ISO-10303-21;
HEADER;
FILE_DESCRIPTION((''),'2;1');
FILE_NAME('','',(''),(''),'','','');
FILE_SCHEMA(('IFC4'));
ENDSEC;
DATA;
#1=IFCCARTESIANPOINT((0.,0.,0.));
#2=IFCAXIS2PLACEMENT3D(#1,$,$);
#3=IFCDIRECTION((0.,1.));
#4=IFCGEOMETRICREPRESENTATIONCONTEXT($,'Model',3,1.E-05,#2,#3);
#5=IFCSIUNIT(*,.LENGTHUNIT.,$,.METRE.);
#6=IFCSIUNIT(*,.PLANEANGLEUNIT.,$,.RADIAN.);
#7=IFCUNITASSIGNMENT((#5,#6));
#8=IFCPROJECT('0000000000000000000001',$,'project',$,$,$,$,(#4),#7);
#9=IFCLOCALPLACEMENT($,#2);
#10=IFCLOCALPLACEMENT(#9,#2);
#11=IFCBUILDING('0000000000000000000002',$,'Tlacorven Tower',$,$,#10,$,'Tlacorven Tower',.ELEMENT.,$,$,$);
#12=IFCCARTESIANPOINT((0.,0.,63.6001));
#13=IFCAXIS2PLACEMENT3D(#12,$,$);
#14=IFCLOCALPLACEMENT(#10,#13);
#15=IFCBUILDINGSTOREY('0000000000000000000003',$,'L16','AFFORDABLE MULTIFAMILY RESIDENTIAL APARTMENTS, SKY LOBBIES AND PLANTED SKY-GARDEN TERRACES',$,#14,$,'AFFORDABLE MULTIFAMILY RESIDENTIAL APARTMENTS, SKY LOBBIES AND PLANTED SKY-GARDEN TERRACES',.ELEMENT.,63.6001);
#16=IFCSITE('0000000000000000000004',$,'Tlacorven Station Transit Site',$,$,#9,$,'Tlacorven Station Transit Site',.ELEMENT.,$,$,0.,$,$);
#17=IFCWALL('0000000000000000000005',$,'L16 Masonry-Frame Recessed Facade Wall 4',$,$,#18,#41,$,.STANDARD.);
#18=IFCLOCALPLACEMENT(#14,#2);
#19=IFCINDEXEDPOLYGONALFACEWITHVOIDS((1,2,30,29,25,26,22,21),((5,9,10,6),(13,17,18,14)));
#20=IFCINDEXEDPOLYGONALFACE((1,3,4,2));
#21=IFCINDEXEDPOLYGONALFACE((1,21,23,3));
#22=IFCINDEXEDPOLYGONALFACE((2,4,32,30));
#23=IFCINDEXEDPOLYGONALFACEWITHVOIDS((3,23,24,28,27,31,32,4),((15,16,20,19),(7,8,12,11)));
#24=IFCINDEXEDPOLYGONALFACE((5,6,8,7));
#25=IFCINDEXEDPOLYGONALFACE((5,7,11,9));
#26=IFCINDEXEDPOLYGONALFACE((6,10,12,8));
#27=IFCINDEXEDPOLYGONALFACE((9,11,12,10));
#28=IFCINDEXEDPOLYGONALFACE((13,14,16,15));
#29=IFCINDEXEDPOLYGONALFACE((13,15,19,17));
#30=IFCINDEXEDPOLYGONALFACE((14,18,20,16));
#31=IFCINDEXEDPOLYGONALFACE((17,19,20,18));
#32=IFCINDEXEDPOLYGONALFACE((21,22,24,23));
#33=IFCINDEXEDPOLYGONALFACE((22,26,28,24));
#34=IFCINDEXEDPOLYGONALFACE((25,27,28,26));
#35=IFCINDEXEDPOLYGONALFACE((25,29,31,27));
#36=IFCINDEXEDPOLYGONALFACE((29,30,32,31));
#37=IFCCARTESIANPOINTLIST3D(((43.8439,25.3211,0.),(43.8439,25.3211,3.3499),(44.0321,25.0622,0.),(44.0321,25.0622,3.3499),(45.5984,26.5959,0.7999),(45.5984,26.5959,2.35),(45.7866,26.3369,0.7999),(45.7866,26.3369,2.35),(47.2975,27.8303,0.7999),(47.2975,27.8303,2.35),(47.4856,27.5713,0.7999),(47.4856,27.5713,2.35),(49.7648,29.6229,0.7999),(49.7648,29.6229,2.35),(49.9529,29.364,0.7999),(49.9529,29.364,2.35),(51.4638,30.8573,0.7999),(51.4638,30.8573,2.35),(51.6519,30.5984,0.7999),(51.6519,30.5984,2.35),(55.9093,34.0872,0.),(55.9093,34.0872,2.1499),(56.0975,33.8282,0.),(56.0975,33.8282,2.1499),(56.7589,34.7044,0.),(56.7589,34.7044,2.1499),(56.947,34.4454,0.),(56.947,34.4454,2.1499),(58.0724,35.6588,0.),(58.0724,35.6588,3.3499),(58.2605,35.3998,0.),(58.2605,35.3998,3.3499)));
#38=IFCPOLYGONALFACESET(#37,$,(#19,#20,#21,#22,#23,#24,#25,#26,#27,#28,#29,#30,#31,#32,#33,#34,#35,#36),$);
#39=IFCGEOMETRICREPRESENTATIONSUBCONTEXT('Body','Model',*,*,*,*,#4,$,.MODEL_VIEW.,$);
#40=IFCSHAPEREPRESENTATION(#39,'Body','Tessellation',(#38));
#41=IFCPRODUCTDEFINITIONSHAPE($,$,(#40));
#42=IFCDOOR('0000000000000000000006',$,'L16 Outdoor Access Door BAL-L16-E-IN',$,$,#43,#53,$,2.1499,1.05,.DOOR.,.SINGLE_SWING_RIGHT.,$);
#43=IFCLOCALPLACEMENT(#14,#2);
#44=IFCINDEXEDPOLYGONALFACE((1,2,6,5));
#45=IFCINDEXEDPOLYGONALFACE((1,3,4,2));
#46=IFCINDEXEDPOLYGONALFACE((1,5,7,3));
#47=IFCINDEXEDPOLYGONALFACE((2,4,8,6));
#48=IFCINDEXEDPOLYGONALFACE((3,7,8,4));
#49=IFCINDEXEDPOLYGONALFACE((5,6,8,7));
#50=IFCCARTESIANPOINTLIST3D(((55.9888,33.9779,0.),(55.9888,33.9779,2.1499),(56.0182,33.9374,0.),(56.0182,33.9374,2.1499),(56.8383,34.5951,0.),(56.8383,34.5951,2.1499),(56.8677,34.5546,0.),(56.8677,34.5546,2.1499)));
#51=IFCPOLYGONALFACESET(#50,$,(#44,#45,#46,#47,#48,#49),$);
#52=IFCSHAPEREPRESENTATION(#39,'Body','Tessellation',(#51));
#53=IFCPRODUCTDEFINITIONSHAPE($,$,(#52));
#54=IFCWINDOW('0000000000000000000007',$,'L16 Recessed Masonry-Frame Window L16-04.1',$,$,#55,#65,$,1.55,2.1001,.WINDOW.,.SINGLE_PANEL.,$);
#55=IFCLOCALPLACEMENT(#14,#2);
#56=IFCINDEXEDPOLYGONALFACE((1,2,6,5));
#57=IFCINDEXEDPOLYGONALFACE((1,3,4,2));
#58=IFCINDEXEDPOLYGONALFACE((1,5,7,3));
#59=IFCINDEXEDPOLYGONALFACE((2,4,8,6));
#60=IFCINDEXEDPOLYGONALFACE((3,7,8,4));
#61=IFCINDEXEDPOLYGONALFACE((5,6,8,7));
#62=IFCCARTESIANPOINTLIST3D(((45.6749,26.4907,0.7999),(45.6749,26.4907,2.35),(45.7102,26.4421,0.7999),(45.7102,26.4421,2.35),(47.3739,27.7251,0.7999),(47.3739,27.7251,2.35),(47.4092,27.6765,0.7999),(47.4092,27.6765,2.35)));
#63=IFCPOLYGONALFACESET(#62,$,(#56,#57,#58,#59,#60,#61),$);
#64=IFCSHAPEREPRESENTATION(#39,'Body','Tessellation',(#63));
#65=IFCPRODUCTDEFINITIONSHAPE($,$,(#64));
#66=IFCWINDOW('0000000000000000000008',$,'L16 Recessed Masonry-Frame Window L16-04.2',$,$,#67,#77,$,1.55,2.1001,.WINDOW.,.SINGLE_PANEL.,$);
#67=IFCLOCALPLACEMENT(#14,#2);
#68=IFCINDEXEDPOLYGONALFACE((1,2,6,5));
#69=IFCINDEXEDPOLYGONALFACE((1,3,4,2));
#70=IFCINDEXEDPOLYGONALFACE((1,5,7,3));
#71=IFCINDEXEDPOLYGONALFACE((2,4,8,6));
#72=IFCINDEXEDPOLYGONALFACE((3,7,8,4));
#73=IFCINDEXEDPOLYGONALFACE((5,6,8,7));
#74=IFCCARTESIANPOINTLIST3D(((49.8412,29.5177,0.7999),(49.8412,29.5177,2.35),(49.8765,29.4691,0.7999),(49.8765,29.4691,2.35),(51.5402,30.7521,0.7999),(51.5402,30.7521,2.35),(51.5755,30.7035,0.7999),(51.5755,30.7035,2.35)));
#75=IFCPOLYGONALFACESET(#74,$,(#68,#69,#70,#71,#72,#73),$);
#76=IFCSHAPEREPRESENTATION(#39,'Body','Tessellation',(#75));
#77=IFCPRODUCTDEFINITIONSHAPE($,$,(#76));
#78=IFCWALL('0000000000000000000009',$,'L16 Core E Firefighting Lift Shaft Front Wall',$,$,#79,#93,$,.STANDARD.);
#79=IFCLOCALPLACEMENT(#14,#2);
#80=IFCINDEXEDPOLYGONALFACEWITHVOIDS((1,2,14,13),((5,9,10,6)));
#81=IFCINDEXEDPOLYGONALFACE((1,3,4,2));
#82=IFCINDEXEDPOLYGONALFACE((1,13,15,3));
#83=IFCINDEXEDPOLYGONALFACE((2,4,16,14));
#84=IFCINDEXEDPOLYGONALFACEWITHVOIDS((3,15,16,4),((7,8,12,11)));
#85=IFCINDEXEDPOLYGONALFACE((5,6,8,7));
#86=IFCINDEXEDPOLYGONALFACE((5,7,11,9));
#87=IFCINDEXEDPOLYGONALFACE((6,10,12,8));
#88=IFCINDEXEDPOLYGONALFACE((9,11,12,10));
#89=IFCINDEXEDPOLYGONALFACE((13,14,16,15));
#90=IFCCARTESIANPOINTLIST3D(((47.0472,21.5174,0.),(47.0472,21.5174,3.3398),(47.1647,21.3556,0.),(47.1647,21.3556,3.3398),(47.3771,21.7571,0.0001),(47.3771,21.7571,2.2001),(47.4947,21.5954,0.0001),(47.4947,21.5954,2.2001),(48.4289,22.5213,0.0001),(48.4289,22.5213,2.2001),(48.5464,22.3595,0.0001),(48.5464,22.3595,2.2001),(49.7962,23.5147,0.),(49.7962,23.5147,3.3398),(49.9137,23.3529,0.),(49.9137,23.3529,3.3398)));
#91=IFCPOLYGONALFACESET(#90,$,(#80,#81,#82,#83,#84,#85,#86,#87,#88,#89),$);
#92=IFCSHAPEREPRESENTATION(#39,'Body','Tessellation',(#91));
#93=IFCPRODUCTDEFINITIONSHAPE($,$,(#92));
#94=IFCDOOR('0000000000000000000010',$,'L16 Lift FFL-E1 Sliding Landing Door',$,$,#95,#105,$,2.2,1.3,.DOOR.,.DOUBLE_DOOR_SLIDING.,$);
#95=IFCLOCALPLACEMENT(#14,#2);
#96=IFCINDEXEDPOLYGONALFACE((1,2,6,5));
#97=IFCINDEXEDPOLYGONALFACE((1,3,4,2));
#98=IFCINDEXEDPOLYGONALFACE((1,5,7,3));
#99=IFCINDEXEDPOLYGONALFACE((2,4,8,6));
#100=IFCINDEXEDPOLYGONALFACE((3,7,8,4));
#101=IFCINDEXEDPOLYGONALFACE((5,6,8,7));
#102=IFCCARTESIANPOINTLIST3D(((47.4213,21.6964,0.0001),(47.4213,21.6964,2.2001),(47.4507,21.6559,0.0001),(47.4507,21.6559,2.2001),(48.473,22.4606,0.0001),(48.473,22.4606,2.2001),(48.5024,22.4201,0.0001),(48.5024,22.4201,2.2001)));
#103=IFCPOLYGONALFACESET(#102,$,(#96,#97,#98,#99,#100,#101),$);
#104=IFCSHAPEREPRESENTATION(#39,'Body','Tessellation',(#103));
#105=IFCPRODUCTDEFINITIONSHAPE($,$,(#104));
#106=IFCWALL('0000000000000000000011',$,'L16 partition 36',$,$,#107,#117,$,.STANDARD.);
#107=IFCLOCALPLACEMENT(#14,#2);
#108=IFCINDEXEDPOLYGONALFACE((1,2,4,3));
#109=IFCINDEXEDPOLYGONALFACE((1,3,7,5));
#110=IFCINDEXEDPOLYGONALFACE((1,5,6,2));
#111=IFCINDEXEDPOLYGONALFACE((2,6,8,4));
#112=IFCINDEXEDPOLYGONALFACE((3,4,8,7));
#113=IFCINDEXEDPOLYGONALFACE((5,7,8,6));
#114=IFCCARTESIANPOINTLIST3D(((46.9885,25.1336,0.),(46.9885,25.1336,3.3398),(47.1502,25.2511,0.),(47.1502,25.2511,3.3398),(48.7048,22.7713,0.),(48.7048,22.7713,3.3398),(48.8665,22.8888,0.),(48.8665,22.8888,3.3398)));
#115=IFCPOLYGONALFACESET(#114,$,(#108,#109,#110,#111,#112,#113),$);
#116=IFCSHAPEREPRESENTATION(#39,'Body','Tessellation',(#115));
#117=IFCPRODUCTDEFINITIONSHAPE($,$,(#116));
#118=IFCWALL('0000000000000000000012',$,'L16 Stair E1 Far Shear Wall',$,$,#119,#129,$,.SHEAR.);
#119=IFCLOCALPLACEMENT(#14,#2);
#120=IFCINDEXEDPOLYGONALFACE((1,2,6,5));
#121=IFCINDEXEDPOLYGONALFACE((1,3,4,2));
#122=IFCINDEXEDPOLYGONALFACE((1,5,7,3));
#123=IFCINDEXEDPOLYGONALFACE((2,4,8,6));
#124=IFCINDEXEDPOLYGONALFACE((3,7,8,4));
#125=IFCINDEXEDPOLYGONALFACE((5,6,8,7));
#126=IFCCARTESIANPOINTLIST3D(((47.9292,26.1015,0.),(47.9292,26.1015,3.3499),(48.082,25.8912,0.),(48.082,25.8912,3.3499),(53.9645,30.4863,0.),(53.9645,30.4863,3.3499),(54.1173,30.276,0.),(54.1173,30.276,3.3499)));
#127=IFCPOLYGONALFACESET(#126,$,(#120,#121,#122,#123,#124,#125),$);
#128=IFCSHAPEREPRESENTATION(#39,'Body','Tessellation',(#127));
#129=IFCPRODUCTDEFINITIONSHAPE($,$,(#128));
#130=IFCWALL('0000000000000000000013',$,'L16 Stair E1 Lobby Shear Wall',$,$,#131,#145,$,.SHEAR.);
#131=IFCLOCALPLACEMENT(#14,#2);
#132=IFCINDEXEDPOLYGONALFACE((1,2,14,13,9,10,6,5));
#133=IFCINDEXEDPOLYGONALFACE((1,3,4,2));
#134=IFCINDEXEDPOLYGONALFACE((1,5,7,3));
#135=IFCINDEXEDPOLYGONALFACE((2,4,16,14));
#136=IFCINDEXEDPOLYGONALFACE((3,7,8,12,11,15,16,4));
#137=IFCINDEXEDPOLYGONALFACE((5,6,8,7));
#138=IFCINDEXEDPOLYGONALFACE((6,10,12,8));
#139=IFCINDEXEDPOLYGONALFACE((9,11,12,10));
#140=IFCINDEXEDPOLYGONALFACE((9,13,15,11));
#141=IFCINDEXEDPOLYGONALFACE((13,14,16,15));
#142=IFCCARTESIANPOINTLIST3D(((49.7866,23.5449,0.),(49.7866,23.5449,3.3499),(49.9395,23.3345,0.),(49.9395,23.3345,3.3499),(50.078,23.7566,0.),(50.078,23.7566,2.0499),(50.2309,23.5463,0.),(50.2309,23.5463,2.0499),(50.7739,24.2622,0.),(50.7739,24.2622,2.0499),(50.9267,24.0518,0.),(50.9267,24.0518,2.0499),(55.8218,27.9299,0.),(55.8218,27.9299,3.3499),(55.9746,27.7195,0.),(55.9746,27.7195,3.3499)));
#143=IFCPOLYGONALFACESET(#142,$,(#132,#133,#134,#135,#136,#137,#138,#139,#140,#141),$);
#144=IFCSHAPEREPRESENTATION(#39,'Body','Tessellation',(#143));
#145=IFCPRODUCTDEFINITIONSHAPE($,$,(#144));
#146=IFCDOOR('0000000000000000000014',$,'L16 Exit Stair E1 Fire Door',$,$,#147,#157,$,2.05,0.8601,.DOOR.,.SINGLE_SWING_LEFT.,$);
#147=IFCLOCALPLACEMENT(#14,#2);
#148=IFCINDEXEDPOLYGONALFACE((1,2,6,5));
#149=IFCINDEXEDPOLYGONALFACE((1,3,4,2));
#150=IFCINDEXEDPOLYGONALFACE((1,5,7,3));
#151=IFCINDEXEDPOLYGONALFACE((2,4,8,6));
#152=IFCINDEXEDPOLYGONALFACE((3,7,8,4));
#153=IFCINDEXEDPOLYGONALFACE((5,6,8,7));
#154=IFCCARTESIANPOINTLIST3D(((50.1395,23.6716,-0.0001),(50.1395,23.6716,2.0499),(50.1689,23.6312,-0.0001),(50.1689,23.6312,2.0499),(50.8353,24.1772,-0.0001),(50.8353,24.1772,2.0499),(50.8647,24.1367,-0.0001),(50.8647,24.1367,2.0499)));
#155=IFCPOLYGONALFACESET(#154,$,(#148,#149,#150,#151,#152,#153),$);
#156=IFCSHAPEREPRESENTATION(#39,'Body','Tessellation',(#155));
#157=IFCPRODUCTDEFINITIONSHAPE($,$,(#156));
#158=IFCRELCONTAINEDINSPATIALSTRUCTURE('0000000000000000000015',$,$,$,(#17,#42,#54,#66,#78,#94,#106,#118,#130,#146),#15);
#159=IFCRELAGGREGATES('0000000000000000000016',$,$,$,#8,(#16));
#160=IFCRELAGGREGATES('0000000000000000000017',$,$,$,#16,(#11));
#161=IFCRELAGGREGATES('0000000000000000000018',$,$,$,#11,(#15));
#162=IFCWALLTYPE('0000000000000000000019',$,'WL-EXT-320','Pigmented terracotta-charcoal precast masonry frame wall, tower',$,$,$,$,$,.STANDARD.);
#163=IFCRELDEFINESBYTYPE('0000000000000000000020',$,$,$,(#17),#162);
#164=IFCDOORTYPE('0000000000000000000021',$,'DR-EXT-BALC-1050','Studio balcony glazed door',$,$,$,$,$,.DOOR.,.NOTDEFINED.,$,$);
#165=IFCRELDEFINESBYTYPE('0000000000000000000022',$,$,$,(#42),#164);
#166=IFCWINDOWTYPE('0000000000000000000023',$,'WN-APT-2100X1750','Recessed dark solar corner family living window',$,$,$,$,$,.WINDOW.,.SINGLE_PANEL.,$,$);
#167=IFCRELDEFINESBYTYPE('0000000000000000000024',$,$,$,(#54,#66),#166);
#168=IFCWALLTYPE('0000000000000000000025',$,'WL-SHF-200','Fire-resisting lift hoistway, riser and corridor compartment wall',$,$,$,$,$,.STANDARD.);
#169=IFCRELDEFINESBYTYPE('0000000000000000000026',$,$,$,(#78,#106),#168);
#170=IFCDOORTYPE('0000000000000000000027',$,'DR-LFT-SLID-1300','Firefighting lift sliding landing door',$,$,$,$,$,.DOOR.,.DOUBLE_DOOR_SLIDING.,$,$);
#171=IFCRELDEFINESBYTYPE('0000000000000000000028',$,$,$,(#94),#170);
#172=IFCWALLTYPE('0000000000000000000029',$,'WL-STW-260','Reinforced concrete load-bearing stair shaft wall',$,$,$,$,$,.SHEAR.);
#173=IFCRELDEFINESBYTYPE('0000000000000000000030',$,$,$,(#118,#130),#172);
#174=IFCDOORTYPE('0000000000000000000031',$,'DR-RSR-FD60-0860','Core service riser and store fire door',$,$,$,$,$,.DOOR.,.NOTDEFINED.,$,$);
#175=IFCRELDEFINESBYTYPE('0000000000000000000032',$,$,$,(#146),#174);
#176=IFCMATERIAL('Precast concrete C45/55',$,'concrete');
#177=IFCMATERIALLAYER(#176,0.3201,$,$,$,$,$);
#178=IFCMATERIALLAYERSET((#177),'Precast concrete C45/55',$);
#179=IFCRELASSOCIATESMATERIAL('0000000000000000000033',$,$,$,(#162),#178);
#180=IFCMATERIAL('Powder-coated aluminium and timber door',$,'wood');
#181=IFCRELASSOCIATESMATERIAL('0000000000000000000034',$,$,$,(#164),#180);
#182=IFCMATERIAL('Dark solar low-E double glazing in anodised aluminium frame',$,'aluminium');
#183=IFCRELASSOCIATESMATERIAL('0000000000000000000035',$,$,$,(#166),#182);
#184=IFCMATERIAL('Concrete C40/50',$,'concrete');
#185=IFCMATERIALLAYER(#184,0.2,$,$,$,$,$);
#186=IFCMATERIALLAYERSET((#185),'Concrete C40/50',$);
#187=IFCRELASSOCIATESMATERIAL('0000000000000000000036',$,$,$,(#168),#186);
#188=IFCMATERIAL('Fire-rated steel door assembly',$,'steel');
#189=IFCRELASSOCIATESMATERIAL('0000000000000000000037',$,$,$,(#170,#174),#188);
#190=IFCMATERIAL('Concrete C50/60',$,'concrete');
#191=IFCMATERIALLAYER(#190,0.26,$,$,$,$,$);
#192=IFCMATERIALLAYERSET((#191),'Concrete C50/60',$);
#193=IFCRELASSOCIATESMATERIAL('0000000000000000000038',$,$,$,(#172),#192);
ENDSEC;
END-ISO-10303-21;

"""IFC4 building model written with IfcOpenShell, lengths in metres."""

from ifc_helpers import new_model, si_unit, direction, frame, frame_2d, origin, place, context, subcontext, project, spatial, rectangle, extrude, source, transform, mapped, material, layer, layer_set, type_object, element, fill, save


model = new_model("IFC4")

# Units and contexts
model_context = context("Model", 3, precision=1e-05, world=origin(), true_north=direction((0.0, 1.0)))
body_context = subcontext(model_context, "Body", "Model", "MODEL_VIEW")
ifc_project = project(units=[si_unit("LENGTHUNIT", "METRE"), si_unit("PLANEANGLEUNIT", "RADIAN")], contexts=[model_context])

# Site, building, storey
site_placement = place(None, origin())
site = spatial("IfcSite", under=ifc_project, at=site_placement, Name="Tlacorven Station Transit Site", LongName="Tlacorven Station Transit Site", CompositionType="ELEMENT", RefElevation=0.0)
building_placement = place(site_placement, origin())
building = spatial("IfcBuilding", under=site, at=building_placement, Name="Tlacorven Tower", LongName="Tlacorven Tower", CompositionType="ELEMENT")
storey_placement = place(building_placement, frame((0.0, 0.0, 63.6001)))
storey = spatial("IfcBuildingStorey", under=building, at=storey_placement, Name="L16", Description="AFFORDABLE MULTIFAMILY RESIDENTIAL APARTMENTS, SKY LOBBIES AND PLANTED SKY-GARDEN TERRACES", LongName="AFFORDABLE MULTIFAMILY RESIDENTIAL APARTMENTS, SKY LOBBIES AND PLANTED SKY-GARDEN TERRACES", CompositionType="ELEMENT", Elevation=63.6001)

# Wall, openings, door, windows
ifc_material_1 = material(Name="Precast concrete C45/55", Category="concrete")
ifc_layer_1 = layer(ifc_material_1, 0.3201)
ifc_layer_set_1 = layer_set([ifc_layer_1], Name="Precast concrete C45/55")
wall_type_1 = type_object("IfcWallType", Name="WL-EXT-320", Description="Pigmented terracotta-charcoal precast masonry frame wall, tower", PredefinedType="STANDARD", material=ifc_layer_set_1)
wall_1_placement = place(storey_placement, frame((43.938, 25.1917, 0.0), z_axis=(0.0, 0.0, 1.0), x_axis=(0.809016, 0.587786, 0.0)))
wall_1 = element("IfcWall", 1, at=wall_1_placement, inside=storey, type_object=wall_type_1, Name="L16 Masonry-Frame Recessed Facade Wall 4", PredefinedType="STANDARD", context=body_context, shape_type="SweptSolid", body=[
    extrude(rectangle(XDim=17.5874, YDim=0.3201, at=frame_2d((8.7937, 0.0))), origin(), (0.0, 0.0, 1.0), 3.3499),
])
opening_1_placement = place(wall_1_placement, frame((14.9138, 0.0, 0.0)))
opening_1 = element("IfcOpeningElement", 2, at=opening_1_placement, cuts=wall_1, PredefinedType="OPENING", context=body_context, shape_type="SweptSolid", body=[
    extrude(rectangle(XDim=1.05, YDim=2.1499, at=frame_2d((0.5249, 1.075))), frame((0.0, 0.1699, 0.0), z_axis=(0.0, -1.0, 0.0), x_axis=(1.0, 0.0, 0.0)), (0.0, 0.0, 1.0), 0.3401),
])
opening_2_placement = place(wall_1_placement, frame((2.1687, 0.0, 0.8)))
opening_2 = element("IfcOpeningElement", 3, at=opening_2_placement, cuts=wall_1, PredefinedType="OPENING", context=body_context, shape_type="SweptSolid", body=[
    extrude(rectangle(XDim=2.1001, YDim=1.55, at=frame_2d((1.05, 0.7749))), frame((0.0, 0.1699, 0.0), z_axis=(0.0, -1.0, 0.0), x_axis=(1.0, 0.0, 0.0)), (0.0, 0.0, 1.0), 0.3401),
])
opening_3_placement = place(wall_1_placement, frame((7.3186, 0.0, 0.8)))
opening_3 = element("IfcOpeningElement", 4, at=opening_3_placement, cuts=wall_1, PredefinedType="OPENING", context=body_context, shape_type="SweptSolid", body=[
    extrude(rectangle(XDim=2.1001, YDim=1.55, at=frame_2d((1.05, 0.7749))), frame((0.0, 0.1699, 0.0), z_axis=(0.0, -1.0, 0.0), x_axis=(1.0, 0.0, 0.0)), (0.0, 0.0, 1.0), 0.3401),
])
ifc_material_2 = material(Name="Powder-coated aluminium and timber door", Category="wood")
door_type_1 = type_object("IfcDoorType", Name="DR-EXT-BALC-1050", Description="Studio balcony glazed door", OperationType="NOTDEFINED", PredefinedType="DOOR", material=ifc_material_2)
shared_shape_1 = source(origin(), body_context, "Body", "SweptSolid", [
    extrude(rectangle(XDim=1.05, YDim=2.1499, at=frame_2d((0.5249, 1.075))), frame((0.0, 0.0249, 0.0), z_axis=(0.0, -1.0, 0.0), x_axis=(1.0, 0.0, 0.0)), (0.0, 0.0, 1.0), 0.05),
])
door_1_placement = place(opening_1_placement, origin())
door_1 = element("IfcDoor", 5, at=door_1_placement, inside=storey, type_object=door_type_1, Name="L16 Outdoor Access Door BAL-L16-E-IN", OperationType="SINGLE_SWING_RIGHT", OverallHeight=2.1499, OverallWidth=1.05, PredefinedType="DOOR", context=body_context, shape_type="MappedRepresentation", body=[
    mapped(shared_shape_1, transform((0.0, 0.0, 0.0), scale=1.0)),
])
fill(opening_1, door_1)
ifc_material_3 = material(Name="Dark solar low-E double glazing in anodised aluminium frame", Category="aluminium")
window_type = type_object("IfcWindowType", Name="WN-APT-2100X1750", Description="Recessed dark solar corner family living window", PartitioningType="SINGLE_PANEL", PredefinedType="WINDOW", material=ifc_material_3)
shared_shape_2 = source(origin(), body_context, "Body", "SweptSolid", [
    extrude(rectangle(XDim=2.1001, YDim=1.55, at=frame_2d((1.05, 0.7749))), frame((0.0, 0.03, 0.0), z_axis=(0.0, -1.0, 0.0), x_axis=(1.0, 0.0, 0.0)), (0.0, 0.0, 1.0), 0.0601),
])
window_1_placement = place(opening_2_placement, origin())
window_1 = element("IfcWindow", 6, at=window_1_placement, inside=storey, type_object=window_type, Name="L16 Recessed Masonry-Frame Window L16-04.1", OverallHeight=1.55, OverallWidth=2.1001, PartitioningType="SINGLE_PANEL", PredefinedType="WINDOW", context=body_context, shape_type="MappedRepresentation", body=[
    mapped(shared_shape_2, transform((0.0, 0.0, 0.0), scale=1.0)),
])
fill(opening_2, window_1)
window_2_placement = place(opening_3_placement, origin())
window_2 = element("IfcWindow", 7, at=window_2_placement, inside=storey, type_object=window_type, Name="L16 Recessed Masonry-Frame Window L16-04.2", OverallHeight=1.55, OverallWidth=2.1001, PartitioningType="SINGLE_PANEL", PredefinedType="WINDOW", context=body_context, shape_type="MappedRepresentation", body=[
    mapped(shared_shape_2, transform((0.0, 0.0, 0.0), scale=1.0)),
])
fill(opening_3, window_2)

# Wall, opening, door
ifc_material_4 = material(Name="Concrete C40/50", Category="concrete")
ifc_layer_2 = layer(ifc_material_4, 0.2)
ifc_layer_set_2 = layer_set([ifc_layer_2], Name="Concrete C40/50")
wall_type_2 = type_object("IfcWallType", Name="WL-SHF-200", Description="Fire-resisting lift hoistway, riser and corridor compartment wall", PredefinedType="STANDARD", material=ifc_layer_set_2)
wall_2_placement = place(storey_placement, frame((47.106, 21.4365, 0.0), z_axis=(0.0, 0.0, 1.0), x_axis=(0.809013, 0.587791, 0.0)))
wall_2 = element("IfcWall", 8, at=wall_2_placement, inside=storey, type_object=wall_type_2, Name="L16 Core E Firefighting Lift Shaft Front Wall", PredefinedType="STANDARD", context=body_context, shape_type="SweptSolid", body=[
    extrude(rectangle(XDim=3.3979, YDim=0.2, at=frame_2d((1.699, 0.0))), origin(), (0.0, 0.0, 1.0), 3.3398),
])
opening_4_placement = place(wall_2_placement, frame((0.408, 0.0, 0.0)))
opening_4 = element("IfcOpeningElement", 9, at=opening_4_placement, cuts=wall_2, PredefinedType="OPENING", context=body_context, shape_type="SweptSolid", body=[
    extrude(rectangle(XDim=1.3, YDim=2.2, at=frame_2d((0.6499, 1.1001))), frame((0.0, 0.1099, 0.0), z_axis=(0.0, -1.0, 0.0), x_axis=(1.0, 0.0, 0.0)), (0.0, 0.0, 1.0), 0.22),
])
ifc_material_5 = material(Name="Fire-rated steel door assembly", Category="steel")
door_type_2 = type_object("IfcDoorType", Name="DR-LFT-SLID-1300", Description="Firefighting lift sliding landing door", OperationType="DOUBLE_DOOR_SLIDING", PredefinedType="DOOR", material=ifc_material_5)
shared_shape_3 = source(origin(), body_context, "Body", "SweptSolid", [
    extrude(rectangle(XDim=1.3, YDim=2.2, at=frame_2d((0.6499, 1.1001))), frame((0.0, 0.0249, 0.0), z_axis=(0.0, -1.0, 0.0), x_axis=(1.0, 0.0, 0.0)), (0.0, 0.0, 1.0), 0.05),
])
door_2_placement = place(opening_4_placement, origin())
door_2 = element("IfcDoor", 10, at=door_2_placement, inside=storey, type_object=door_type_2, Name="L16 Lift FFL-E1 Sliding Landing Door", OperationType="DOUBLE_DOOR_SLIDING", OverallHeight=2.2, OverallWidth=1.3, PredefinedType="DOOR", context=body_context, shape_type="MappedRepresentation", body=[
    mapped(shared_shape_3, transform((0.0, 0.0, 0.0), scale=1.0)),
])
fill(opening_4, door_2)

# Walls
wall_3_placement = place(storey_placement, frame((48.7856, 22.8301, 0.0), z_axis=(0.0, 0.0, 1.0), x_axis=(-0.587784, 0.809018, 0.0)))
element("IfcWall", 11, at=wall_3_placement, inside=storey, type_object=wall_type_2, Name="L16 partition 36", PredefinedType="STANDARD", context=body_context, shape_type="SweptSolid", body=[
    extrude(rectangle(XDim=2.9199, YDim=0.2, at=frame_2d((1.46, 0.0))), origin(), (0.0, 0.0, 1.0), 3.3398),
])
ifc_material_6 = material(Name="Concrete C50/60", Category="concrete")
ifc_layer_3 = layer(ifc_material_6, 0.26)
ifc_layer_set_3 = layer_set([ifc_layer_3], Name="Concrete C50/60")
wall_type_3 = type_object("IfcWallType", Name="WL-STW-260", Description="Reinforced concrete load-bearing stair shaft wall", PredefinedType="SHEAR", material=ifc_layer_set_3)
wall_4_placement = place(storey_placement, frame((48.0056, 25.9963, 0.0), z_axis=(0.0, 0.0, 1.0), x_axis=(0.809019, 0.587782, 0.0)))
element("IfcWall", 12, at=wall_4_placement, inside=storey, type_object=wall_type_3, Name="L16 Stair E1 Far Shear Wall", PredefinedType="SHEAR", context=body_context, shape_type="SweptSolid", body=[
    extrude(rectangle(XDim=7.46, YDim=0.26, at=frame_2d((3.73, 0.0))), origin(), (0.0, 0.0, 1.0), 3.3499),
])

# Wall, opening, door
wall_5_placement = place(storey_placement, frame((49.863, 23.4397, 0.0), z_axis=(0.0, 0.0, 1.0), x_axis=(0.809003, 0.587804, 0.0)))
wall_5 = element("IfcWall", 13, at=wall_5_placement, inside=storey, type_object=wall_type_3, Name="L16 Stair E1 Lobby Shear Wall", PredefinedType="SHEAR", context=body_context, shape_type="SweptSolid", body=[
    extrude(rectangle(XDim=7.46, YDim=0.26, at=frame_2d((3.73, 0.0))), origin(), (0.0, 0.0, 1.0), 3.3499),
])
opening_5_placement = place(wall_5_placement, frame((0.3601, 0.0, 0.0)))
opening_5 = element("IfcOpeningElement", 14, at=opening_5_placement, cuts=wall_5, PredefinedType="OPENING", context=body_context, shape_type="SweptSolid", body=[
    extrude(rectangle(XDim=0.8601, YDim=2.05, at=frame_2d((0.4302, 1.0249))), frame((0.0, 0.1401, 0.0), z_axis=(0.0, -1.0, 0.0), x_axis=(1.0, 0.0, 0.0)), (0.0, 0.0, 1.0), 0.28),
])
door_type_3 = type_object("IfcDoorType", Name="DR-RSR-FD60-0860", Description="Core service riser and store fire door", OperationType="NOTDEFINED", PredefinedType="DOOR", material=ifc_material_5)
shared_shape_4 = source(origin(), body_context, "Body", "SweptSolid", [
    extrude(rectangle(XDim=0.8601, YDim=2.05, at=frame_2d((0.4302, 1.0249))), frame((0.0, 0.0249, 0.0), z_axis=(0.0, -1.0, 0.0), x_axis=(1.0, 0.0, 0.0)), (0.0, 0.0, 1.0), 0.05),
])
door_3_placement = place(opening_5_placement, frame((0.8601, 0.0, 0.0), z_axis=(0.0, 0.0, 1.0), x_axis=(-1.0, 0.0, 0.0)))
door_3 = element("IfcDoor", 15, at=door_3_placement, inside=storey, type_object=door_type_3, Name="L16 Exit Stair E1 Fire Door", OperationType="SINGLE_SWING_LEFT", OverallHeight=2.05, OverallWidth=0.8601, PredefinedType="DOOR", context=body_context, shape_type="MappedRepresentation", body=[
    mapped(shared_shape_4, transform((0.0, 0.0, 0.0), scale=1.0)),
])
fill(opening_5, door_3)

save(model, "model.ifc")
